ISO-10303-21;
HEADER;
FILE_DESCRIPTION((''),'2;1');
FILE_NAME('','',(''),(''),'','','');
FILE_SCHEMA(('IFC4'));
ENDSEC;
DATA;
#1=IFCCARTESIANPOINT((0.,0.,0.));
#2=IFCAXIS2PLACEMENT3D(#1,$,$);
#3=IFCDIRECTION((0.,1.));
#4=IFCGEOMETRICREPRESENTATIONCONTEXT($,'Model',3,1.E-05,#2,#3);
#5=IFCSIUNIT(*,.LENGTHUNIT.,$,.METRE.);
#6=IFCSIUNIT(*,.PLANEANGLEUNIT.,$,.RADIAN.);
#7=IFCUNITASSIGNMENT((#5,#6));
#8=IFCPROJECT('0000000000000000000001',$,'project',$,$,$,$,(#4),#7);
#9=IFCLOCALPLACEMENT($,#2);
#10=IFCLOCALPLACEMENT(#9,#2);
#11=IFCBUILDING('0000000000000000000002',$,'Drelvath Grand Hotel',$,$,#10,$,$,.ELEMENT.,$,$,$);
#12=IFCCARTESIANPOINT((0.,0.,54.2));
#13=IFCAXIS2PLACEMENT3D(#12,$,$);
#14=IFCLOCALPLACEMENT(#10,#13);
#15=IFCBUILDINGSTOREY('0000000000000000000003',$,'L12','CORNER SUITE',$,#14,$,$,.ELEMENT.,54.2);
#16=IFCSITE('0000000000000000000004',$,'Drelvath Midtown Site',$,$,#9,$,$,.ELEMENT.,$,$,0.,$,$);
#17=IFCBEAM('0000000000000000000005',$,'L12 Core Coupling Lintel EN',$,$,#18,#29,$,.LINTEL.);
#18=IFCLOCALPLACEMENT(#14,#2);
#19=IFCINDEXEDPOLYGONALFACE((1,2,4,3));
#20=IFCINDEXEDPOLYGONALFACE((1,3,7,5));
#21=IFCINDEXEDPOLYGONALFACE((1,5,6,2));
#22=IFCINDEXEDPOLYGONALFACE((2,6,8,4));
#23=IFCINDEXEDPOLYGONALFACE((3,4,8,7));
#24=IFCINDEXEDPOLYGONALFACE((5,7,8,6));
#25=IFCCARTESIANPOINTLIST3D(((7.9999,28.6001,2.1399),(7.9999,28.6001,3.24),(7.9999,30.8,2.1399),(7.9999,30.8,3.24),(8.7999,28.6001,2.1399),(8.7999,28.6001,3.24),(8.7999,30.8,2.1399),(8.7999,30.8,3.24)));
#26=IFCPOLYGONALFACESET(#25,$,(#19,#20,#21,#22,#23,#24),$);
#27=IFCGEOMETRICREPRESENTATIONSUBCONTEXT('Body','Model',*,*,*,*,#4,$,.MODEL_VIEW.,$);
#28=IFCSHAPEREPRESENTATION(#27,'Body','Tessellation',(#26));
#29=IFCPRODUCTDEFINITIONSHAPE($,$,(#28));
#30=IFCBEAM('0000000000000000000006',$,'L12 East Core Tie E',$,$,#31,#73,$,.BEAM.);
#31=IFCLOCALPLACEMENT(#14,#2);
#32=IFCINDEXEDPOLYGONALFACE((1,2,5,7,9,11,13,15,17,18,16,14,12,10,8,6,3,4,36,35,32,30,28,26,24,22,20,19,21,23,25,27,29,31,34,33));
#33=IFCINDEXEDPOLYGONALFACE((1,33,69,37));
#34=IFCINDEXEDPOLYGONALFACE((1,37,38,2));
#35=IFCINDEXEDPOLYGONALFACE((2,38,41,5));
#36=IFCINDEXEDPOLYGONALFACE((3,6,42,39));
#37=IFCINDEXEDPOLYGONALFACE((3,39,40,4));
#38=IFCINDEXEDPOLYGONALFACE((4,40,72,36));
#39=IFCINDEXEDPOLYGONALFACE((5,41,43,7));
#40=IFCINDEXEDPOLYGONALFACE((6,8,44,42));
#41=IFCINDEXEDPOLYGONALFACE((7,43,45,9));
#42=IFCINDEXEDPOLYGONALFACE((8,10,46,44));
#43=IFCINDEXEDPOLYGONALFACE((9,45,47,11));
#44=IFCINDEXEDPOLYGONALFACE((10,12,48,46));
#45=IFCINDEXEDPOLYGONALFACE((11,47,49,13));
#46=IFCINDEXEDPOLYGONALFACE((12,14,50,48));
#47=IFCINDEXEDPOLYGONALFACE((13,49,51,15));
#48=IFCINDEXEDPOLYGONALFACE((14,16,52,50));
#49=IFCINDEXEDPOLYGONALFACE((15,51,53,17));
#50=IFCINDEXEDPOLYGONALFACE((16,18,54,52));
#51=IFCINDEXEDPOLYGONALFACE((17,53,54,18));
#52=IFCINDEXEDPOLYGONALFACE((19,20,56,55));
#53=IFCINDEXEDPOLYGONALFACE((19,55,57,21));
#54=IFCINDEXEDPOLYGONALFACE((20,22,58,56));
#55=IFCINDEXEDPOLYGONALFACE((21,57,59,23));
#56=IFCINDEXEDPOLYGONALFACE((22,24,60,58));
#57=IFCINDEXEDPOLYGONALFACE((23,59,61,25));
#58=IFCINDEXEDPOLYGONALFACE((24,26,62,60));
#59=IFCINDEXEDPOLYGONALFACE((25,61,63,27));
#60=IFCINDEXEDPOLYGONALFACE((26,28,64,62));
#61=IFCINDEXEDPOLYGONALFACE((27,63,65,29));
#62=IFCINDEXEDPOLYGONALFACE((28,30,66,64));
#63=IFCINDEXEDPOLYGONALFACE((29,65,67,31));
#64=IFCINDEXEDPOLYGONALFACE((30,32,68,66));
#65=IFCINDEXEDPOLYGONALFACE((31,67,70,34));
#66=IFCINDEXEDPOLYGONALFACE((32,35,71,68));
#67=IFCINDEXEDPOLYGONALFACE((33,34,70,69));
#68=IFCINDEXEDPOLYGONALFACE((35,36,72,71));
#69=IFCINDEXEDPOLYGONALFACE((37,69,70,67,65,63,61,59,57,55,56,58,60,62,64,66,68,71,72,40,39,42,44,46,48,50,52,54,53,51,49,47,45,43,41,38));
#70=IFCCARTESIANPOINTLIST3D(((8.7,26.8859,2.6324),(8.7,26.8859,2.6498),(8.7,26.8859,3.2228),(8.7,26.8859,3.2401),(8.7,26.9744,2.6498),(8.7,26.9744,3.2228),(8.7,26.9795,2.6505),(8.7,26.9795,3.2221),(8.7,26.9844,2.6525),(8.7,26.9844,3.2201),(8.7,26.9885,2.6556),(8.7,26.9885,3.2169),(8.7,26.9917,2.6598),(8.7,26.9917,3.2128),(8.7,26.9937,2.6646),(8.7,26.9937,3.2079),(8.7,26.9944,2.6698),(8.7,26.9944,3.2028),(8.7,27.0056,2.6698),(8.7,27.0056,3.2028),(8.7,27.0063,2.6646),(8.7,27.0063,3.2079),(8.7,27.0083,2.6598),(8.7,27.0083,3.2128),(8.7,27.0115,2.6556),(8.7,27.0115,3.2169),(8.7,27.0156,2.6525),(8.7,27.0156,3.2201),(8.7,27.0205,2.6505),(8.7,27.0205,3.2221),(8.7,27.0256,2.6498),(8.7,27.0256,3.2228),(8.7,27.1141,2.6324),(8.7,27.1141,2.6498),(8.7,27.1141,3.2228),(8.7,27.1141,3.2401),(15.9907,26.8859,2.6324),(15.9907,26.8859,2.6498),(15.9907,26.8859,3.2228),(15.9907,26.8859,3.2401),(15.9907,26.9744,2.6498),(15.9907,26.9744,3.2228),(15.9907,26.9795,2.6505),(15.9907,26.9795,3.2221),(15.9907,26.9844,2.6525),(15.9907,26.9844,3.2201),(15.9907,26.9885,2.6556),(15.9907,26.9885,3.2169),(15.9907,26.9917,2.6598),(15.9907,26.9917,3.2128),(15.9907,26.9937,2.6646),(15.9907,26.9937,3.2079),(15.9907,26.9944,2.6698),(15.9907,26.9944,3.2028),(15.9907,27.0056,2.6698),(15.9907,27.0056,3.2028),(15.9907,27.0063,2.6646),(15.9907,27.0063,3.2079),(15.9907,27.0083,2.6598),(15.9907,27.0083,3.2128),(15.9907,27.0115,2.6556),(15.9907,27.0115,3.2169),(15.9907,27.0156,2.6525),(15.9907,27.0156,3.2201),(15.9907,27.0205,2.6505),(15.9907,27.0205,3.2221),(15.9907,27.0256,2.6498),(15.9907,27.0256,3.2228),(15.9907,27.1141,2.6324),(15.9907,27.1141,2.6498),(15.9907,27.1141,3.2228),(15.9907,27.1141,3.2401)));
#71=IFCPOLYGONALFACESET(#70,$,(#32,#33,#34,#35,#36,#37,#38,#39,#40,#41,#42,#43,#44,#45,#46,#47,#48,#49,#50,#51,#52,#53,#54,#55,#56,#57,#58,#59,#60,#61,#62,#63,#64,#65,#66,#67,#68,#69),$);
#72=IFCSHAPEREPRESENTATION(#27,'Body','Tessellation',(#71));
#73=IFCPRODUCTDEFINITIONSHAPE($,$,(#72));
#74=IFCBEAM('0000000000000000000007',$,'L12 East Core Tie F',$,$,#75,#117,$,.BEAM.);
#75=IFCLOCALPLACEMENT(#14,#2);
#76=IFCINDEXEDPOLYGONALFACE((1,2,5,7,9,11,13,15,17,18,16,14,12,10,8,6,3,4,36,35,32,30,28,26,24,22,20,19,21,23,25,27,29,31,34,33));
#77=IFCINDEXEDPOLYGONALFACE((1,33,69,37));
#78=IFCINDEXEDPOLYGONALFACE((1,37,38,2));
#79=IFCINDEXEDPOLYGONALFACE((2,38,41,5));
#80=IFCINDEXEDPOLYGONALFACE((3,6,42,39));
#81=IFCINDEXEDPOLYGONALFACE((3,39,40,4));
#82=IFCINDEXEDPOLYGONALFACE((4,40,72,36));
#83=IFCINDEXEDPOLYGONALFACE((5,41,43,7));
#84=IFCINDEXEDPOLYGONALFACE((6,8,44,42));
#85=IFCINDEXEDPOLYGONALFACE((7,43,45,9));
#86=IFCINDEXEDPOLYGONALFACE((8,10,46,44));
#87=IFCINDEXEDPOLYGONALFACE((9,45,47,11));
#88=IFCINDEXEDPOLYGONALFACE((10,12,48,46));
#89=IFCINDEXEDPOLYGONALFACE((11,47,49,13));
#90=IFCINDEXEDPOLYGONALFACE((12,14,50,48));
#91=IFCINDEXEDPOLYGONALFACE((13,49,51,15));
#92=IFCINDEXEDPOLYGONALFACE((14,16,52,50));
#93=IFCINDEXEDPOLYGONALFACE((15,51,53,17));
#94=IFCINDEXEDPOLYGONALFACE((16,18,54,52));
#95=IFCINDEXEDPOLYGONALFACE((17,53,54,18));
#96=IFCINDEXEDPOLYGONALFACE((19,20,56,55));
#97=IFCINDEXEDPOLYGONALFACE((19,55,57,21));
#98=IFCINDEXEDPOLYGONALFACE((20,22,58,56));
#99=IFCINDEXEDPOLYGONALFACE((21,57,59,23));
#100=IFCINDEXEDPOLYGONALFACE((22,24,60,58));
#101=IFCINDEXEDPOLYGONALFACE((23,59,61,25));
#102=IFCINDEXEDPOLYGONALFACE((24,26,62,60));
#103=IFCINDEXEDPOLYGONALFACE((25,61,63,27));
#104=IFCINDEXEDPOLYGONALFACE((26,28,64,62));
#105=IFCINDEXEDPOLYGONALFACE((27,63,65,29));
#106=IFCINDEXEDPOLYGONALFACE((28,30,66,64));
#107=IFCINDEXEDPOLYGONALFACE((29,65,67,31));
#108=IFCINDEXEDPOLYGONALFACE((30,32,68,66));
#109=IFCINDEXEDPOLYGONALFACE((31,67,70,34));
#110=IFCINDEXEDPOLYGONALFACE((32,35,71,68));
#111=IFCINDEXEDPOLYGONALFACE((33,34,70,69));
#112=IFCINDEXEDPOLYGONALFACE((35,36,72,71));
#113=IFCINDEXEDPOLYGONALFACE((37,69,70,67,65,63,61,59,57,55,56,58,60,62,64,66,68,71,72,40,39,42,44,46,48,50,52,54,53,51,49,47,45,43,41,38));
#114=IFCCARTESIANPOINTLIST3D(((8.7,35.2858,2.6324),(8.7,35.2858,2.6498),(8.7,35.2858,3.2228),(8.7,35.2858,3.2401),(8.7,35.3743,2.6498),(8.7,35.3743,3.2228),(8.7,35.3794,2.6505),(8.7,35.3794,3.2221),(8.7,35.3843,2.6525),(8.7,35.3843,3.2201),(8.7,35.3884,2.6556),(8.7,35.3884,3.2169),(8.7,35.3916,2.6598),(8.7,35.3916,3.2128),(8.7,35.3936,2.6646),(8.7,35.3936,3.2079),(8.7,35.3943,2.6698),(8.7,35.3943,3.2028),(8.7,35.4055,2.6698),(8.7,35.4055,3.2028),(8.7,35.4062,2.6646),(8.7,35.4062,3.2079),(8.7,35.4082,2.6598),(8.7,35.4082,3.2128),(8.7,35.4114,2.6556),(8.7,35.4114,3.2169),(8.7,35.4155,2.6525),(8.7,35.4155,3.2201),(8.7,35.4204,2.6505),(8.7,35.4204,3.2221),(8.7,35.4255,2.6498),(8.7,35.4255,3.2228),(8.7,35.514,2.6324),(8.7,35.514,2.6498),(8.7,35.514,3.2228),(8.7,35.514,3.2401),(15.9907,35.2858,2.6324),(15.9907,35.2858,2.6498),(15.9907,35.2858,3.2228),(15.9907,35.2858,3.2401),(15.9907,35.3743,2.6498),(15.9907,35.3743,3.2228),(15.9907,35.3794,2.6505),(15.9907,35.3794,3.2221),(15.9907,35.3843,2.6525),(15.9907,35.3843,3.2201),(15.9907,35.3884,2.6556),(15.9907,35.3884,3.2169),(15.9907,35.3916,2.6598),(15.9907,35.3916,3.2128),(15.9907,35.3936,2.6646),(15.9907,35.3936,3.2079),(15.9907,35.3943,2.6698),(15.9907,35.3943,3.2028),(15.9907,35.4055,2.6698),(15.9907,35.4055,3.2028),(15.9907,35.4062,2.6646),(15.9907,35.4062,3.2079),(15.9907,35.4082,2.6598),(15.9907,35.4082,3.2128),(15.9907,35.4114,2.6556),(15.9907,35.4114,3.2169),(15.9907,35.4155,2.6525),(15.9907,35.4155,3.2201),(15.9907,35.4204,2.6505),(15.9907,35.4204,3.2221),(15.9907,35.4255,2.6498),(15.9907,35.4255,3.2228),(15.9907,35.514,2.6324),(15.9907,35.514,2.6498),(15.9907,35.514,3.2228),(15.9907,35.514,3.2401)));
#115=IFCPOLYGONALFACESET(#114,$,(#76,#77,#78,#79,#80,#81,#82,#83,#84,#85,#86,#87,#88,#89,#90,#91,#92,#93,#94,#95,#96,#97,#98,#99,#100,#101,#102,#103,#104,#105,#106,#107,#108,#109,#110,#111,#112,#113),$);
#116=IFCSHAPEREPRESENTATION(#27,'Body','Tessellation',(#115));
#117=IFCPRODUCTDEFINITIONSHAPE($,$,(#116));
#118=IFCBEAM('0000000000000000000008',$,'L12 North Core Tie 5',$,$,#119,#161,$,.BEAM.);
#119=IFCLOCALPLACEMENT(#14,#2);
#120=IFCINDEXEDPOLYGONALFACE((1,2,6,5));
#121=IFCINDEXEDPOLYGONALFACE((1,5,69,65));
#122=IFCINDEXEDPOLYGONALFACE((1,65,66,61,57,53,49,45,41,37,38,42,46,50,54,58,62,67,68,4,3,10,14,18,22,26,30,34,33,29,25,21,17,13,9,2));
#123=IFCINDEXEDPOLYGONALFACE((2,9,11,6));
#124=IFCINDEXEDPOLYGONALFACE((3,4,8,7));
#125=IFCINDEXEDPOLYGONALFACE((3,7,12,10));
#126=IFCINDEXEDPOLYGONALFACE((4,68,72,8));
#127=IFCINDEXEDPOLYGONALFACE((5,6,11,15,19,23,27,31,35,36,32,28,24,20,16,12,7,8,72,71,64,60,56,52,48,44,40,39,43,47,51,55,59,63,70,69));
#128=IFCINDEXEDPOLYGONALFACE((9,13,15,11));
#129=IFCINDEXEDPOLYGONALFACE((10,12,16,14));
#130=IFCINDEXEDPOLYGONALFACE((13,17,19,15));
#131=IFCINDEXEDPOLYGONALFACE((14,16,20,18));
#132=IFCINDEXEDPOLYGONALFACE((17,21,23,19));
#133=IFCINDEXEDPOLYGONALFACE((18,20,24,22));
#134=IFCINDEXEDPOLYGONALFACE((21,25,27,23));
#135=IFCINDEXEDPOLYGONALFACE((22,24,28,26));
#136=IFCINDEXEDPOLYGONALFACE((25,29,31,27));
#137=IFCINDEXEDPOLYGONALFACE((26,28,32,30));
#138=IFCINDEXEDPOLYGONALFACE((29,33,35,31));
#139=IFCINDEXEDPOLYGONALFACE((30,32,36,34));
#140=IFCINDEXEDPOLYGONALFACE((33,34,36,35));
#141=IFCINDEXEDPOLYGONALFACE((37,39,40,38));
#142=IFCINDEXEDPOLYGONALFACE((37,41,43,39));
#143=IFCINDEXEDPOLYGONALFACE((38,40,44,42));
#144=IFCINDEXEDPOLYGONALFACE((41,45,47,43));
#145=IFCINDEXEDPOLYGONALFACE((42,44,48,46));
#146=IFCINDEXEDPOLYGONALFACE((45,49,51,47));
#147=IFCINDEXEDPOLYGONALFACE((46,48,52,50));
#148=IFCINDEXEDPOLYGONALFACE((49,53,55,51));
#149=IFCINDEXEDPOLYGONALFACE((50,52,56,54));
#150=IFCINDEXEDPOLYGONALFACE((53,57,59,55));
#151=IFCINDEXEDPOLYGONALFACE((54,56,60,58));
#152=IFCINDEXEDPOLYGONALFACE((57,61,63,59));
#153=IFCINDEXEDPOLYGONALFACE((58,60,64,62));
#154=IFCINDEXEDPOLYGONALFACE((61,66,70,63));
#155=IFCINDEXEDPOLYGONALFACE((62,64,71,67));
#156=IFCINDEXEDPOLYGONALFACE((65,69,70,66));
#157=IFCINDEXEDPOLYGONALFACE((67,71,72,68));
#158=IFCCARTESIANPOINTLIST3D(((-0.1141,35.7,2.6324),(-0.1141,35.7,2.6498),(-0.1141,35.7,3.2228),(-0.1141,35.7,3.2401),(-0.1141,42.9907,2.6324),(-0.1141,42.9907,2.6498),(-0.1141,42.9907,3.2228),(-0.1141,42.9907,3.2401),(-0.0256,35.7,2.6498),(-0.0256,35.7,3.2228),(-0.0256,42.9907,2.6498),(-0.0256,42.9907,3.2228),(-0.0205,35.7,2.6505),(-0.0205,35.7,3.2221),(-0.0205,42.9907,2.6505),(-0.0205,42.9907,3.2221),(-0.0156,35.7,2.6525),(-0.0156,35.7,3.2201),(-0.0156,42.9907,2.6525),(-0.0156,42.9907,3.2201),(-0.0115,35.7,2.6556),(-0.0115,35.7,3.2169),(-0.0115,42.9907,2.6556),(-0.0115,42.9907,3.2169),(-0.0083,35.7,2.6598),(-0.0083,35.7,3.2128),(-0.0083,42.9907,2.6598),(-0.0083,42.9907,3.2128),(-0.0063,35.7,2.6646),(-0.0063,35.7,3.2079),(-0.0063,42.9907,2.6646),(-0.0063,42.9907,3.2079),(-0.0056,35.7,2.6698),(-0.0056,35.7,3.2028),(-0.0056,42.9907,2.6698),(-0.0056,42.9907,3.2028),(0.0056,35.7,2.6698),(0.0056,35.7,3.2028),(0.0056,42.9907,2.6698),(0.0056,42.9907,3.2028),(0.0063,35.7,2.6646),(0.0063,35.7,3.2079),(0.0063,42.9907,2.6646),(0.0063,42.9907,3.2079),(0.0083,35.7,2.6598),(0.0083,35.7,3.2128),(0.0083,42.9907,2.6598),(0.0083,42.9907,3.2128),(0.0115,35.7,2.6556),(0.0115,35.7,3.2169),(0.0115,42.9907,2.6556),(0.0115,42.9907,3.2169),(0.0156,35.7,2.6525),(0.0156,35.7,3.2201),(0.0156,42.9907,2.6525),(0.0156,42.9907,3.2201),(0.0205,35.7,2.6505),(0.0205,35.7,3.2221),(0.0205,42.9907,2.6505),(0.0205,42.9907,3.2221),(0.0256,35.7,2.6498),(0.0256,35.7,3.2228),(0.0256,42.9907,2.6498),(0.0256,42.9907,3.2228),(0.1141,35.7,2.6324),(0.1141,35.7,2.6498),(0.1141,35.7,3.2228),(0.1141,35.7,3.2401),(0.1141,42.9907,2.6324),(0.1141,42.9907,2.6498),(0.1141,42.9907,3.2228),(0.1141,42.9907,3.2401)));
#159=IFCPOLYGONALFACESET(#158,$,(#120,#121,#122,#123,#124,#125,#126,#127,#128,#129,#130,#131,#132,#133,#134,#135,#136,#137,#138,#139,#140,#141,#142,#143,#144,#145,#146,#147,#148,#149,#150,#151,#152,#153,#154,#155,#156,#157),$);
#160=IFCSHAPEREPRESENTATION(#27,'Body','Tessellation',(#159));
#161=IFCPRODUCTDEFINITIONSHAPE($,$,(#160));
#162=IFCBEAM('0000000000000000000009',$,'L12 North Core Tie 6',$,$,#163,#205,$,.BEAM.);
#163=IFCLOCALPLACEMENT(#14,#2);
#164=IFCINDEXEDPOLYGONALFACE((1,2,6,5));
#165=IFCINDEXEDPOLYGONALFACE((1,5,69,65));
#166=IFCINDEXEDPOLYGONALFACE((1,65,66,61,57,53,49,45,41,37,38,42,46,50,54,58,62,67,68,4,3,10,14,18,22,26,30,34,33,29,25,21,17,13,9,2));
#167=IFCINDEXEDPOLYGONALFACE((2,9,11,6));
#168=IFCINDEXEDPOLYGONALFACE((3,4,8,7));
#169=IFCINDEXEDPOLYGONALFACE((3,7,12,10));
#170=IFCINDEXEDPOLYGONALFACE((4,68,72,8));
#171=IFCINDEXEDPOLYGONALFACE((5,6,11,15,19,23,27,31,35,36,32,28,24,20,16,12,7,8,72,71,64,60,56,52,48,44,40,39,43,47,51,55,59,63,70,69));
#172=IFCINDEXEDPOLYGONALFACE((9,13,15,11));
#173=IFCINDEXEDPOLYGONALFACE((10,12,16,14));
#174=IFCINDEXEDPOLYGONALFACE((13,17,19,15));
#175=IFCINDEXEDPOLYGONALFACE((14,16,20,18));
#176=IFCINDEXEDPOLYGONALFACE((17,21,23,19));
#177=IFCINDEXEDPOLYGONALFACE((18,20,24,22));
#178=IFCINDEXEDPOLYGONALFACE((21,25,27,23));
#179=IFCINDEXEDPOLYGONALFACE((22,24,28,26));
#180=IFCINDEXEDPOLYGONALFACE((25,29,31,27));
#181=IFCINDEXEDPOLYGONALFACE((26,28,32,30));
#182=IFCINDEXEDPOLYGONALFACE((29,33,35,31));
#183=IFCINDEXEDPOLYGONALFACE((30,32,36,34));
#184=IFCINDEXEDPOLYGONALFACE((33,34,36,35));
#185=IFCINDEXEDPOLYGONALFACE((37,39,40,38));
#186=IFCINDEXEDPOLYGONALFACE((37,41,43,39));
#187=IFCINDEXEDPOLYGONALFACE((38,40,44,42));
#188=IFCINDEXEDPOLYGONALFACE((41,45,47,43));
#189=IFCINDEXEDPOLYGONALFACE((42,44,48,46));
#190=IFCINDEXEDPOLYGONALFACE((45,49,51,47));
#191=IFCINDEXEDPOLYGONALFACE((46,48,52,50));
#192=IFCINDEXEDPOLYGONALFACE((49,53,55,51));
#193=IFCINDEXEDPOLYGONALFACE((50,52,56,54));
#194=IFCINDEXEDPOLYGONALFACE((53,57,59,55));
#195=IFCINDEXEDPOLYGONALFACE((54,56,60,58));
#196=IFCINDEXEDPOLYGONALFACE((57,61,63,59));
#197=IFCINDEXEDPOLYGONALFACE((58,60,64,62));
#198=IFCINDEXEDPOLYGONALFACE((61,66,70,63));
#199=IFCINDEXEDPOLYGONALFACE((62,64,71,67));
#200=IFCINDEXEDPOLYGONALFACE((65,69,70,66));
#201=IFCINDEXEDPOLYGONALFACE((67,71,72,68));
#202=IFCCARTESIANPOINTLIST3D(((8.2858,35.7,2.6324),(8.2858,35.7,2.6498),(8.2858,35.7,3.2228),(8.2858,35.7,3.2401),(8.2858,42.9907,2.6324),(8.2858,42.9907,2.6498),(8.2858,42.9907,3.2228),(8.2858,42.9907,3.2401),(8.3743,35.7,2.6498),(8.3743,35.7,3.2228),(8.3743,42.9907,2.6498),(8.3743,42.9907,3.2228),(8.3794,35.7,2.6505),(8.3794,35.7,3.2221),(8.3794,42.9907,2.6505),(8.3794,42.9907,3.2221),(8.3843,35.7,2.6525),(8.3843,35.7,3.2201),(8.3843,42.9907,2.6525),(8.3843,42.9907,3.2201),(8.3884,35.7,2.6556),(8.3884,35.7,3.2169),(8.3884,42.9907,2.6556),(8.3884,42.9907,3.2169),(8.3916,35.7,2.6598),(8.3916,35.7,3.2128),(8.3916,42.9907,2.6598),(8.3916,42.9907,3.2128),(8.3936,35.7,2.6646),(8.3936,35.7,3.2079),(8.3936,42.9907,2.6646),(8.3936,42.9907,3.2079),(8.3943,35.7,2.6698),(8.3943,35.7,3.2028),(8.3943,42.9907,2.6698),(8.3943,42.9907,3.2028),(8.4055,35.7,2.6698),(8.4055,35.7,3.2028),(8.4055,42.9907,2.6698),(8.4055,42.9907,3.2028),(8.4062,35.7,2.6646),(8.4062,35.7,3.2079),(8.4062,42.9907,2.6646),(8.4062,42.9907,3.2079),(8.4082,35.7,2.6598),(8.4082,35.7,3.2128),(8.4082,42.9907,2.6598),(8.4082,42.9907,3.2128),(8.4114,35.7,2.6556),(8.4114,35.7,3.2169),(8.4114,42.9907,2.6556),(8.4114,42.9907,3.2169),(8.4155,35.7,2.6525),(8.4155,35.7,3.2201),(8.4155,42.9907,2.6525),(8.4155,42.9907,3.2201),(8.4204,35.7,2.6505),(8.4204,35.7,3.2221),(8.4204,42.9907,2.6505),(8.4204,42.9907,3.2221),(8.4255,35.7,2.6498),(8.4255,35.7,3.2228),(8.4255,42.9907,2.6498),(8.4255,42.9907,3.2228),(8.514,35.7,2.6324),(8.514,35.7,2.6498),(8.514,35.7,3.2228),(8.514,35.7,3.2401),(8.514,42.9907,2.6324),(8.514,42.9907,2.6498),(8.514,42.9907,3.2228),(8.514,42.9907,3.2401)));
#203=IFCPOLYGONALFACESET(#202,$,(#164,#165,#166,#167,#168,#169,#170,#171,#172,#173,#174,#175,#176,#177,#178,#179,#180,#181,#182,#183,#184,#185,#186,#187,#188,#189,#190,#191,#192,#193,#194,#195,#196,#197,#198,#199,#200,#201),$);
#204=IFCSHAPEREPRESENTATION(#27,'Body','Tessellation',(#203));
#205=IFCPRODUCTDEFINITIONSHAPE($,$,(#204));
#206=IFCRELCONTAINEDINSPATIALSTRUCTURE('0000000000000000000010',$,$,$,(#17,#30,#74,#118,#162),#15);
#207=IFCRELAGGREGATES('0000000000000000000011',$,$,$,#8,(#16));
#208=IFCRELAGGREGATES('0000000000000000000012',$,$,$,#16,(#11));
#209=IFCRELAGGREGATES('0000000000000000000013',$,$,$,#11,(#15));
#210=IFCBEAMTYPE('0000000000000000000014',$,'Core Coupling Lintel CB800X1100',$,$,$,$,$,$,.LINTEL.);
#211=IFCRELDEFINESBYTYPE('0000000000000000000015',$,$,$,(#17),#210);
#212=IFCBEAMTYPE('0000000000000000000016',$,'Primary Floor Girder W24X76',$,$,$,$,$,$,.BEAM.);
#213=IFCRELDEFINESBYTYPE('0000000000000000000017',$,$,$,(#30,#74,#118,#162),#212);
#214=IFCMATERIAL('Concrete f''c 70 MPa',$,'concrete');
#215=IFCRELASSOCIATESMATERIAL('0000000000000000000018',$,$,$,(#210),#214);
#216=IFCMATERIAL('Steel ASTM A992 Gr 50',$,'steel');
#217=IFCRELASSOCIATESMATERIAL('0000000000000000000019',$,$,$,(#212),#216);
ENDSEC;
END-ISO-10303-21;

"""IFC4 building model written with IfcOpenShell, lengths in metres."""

from ifc_helpers import new_model, si_unit, direction, frame, origin, origin_2d, place, context, subcontext, project, spatial, rectangle, i_section, extrude, material, material_profile, profile_set, type_object, element, save


model = new_model("IFC4")

# Units and contexts
model_context = context("Model", 3, precision=1e-05, world=origin(), true_north=direction((0.0, 1.0)))
body_context = subcontext(model_context, "Body", "Model", "MODEL_VIEW")
ifc_project = project(units=[si_unit("LENGTHUNIT", "METRE"), si_unit("PLANEANGLEUNIT", "RADIAN")], contexts=[model_context])

# Site, building, storey
site_placement = place(None, origin())
site = spatial("IfcSite", under=ifc_project, at=site_placement, Name="Drelvath Midtown Site", CompositionType="ELEMENT", RefElevation=0.0)
building_placement = place(site_placement, origin())
building = spatial("IfcBuilding", under=site, at=building_placement, Name="Drelvath Grand Hotel", CompositionType="ELEMENT")
storey_placement = place(building_placement, frame((0.0, 0.0, 54.2)))
storey = spatial("IfcBuildingStorey", under=building, at=storey_placement, Name="L12", Description="CORNER SUITE", CompositionType="ELEMENT", Elevation=54.2)

# Beams
ifc_material_1 = material(Name="Concrete f'c 70 MPa", Category="concrete")
ifc_material_profile_1 = material_profile(ifc_material_1, rectangle(XDim=0.8, YDim=1.1001, at=origin_2d()), Name="CB800X1100")
ifc_profile_set_1 = profile_set([ifc_material_profile_1], Name="Concrete f'c 70 MPa")
beam_type_1 = type_object("IfcBeamType", Name="Core Coupling Lintel CB800X1100", PredefinedType="LINTEL", material=ifc_profile_set_1)
beam_placement = place(storey_placement, frame((8.3999, 28.6001, 2.6899), z_axis=(0.0, 1.0, 0.0), x_axis=(-1.0, 0.0, 0.0)))
element("IfcBeam", 1, at=beam_placement, inside=storey, type_object=beam_type_1, Name="L12 Core Coupling Lintel EN", PredefinedType="LINTEL", context=body_context, shape_type="SweptSolid", body=[
    extrude(rectangle(XDim=0.8, YDim=1.1001, at=origin_2d()), origin(), (0.0, 0.0, 1.0), 2.2),
])
ifc_material_2 = material(Name="Steel ASTM A992 Gr 50", Category="steel")
ifc_material_profile_2 = material_profile(ifc_material_2, i_section(OverallWidth=0.2283, OverallDepth=0.6077, WebThickness=0.0112, FlangeThickness=0.0173, FilletRadius=0.02, at=origin_2d()), Name="W24X76")
ifc_profile_set_2 = profile_set([ifc_material_profile_2], Name="Steel ASTM A992 Gr 50")
beam_type_2 = type_object("IfcBeamType", Name="Primary Floor Girder W24X76", PredefinedType="BEAM", material=ifc_profile_set_2)
for number, where, z_axis, x_axis, name in (
    (2, (8.7, 27.0, 2.9363), (1.0, 0.0, 0.0), (0.0, 1.0, 0.0), "L12 East Core Tie E"),
    (3, (8.7, 35.3999, 2.9363), (1.0, 0.0, 0.0), (0.0, 1.0, 0.0), "L12 East Core Tie F"),
    (4, (0.0, 35.7, 2.9363), (0.0, 1.0, 0.0), (-1.0, 0.0, 0.0), "L12 North Core Tie 5"),
    (5, (8.3999, 35.7, 2.9363), (0.0, 1.0, 0.0), (-1.0, 0.0, 0.0), "L12 North Core Tie 6"),
):
    element("IfcBeam", number, at=place(storey_placement, frame(where, z_axis=z_axis, x_axis=x_axis)), inside=storey, type_object=beam_type_2, Name=name, PredefinedType="BEAM", context=body_context, shape_type="SweptSolid", body=[
        extrude(i_section(OverallWidth=0.2283, OverallDepth=0.6077, WebThickness=0.0112, FlangeThickness=0.0173, FilletRadius=0.02, at=origin_2d()), origin(), (0.0, 0.0, 1.0), 7.2908),
    ])

save(model, "model.ifc")
